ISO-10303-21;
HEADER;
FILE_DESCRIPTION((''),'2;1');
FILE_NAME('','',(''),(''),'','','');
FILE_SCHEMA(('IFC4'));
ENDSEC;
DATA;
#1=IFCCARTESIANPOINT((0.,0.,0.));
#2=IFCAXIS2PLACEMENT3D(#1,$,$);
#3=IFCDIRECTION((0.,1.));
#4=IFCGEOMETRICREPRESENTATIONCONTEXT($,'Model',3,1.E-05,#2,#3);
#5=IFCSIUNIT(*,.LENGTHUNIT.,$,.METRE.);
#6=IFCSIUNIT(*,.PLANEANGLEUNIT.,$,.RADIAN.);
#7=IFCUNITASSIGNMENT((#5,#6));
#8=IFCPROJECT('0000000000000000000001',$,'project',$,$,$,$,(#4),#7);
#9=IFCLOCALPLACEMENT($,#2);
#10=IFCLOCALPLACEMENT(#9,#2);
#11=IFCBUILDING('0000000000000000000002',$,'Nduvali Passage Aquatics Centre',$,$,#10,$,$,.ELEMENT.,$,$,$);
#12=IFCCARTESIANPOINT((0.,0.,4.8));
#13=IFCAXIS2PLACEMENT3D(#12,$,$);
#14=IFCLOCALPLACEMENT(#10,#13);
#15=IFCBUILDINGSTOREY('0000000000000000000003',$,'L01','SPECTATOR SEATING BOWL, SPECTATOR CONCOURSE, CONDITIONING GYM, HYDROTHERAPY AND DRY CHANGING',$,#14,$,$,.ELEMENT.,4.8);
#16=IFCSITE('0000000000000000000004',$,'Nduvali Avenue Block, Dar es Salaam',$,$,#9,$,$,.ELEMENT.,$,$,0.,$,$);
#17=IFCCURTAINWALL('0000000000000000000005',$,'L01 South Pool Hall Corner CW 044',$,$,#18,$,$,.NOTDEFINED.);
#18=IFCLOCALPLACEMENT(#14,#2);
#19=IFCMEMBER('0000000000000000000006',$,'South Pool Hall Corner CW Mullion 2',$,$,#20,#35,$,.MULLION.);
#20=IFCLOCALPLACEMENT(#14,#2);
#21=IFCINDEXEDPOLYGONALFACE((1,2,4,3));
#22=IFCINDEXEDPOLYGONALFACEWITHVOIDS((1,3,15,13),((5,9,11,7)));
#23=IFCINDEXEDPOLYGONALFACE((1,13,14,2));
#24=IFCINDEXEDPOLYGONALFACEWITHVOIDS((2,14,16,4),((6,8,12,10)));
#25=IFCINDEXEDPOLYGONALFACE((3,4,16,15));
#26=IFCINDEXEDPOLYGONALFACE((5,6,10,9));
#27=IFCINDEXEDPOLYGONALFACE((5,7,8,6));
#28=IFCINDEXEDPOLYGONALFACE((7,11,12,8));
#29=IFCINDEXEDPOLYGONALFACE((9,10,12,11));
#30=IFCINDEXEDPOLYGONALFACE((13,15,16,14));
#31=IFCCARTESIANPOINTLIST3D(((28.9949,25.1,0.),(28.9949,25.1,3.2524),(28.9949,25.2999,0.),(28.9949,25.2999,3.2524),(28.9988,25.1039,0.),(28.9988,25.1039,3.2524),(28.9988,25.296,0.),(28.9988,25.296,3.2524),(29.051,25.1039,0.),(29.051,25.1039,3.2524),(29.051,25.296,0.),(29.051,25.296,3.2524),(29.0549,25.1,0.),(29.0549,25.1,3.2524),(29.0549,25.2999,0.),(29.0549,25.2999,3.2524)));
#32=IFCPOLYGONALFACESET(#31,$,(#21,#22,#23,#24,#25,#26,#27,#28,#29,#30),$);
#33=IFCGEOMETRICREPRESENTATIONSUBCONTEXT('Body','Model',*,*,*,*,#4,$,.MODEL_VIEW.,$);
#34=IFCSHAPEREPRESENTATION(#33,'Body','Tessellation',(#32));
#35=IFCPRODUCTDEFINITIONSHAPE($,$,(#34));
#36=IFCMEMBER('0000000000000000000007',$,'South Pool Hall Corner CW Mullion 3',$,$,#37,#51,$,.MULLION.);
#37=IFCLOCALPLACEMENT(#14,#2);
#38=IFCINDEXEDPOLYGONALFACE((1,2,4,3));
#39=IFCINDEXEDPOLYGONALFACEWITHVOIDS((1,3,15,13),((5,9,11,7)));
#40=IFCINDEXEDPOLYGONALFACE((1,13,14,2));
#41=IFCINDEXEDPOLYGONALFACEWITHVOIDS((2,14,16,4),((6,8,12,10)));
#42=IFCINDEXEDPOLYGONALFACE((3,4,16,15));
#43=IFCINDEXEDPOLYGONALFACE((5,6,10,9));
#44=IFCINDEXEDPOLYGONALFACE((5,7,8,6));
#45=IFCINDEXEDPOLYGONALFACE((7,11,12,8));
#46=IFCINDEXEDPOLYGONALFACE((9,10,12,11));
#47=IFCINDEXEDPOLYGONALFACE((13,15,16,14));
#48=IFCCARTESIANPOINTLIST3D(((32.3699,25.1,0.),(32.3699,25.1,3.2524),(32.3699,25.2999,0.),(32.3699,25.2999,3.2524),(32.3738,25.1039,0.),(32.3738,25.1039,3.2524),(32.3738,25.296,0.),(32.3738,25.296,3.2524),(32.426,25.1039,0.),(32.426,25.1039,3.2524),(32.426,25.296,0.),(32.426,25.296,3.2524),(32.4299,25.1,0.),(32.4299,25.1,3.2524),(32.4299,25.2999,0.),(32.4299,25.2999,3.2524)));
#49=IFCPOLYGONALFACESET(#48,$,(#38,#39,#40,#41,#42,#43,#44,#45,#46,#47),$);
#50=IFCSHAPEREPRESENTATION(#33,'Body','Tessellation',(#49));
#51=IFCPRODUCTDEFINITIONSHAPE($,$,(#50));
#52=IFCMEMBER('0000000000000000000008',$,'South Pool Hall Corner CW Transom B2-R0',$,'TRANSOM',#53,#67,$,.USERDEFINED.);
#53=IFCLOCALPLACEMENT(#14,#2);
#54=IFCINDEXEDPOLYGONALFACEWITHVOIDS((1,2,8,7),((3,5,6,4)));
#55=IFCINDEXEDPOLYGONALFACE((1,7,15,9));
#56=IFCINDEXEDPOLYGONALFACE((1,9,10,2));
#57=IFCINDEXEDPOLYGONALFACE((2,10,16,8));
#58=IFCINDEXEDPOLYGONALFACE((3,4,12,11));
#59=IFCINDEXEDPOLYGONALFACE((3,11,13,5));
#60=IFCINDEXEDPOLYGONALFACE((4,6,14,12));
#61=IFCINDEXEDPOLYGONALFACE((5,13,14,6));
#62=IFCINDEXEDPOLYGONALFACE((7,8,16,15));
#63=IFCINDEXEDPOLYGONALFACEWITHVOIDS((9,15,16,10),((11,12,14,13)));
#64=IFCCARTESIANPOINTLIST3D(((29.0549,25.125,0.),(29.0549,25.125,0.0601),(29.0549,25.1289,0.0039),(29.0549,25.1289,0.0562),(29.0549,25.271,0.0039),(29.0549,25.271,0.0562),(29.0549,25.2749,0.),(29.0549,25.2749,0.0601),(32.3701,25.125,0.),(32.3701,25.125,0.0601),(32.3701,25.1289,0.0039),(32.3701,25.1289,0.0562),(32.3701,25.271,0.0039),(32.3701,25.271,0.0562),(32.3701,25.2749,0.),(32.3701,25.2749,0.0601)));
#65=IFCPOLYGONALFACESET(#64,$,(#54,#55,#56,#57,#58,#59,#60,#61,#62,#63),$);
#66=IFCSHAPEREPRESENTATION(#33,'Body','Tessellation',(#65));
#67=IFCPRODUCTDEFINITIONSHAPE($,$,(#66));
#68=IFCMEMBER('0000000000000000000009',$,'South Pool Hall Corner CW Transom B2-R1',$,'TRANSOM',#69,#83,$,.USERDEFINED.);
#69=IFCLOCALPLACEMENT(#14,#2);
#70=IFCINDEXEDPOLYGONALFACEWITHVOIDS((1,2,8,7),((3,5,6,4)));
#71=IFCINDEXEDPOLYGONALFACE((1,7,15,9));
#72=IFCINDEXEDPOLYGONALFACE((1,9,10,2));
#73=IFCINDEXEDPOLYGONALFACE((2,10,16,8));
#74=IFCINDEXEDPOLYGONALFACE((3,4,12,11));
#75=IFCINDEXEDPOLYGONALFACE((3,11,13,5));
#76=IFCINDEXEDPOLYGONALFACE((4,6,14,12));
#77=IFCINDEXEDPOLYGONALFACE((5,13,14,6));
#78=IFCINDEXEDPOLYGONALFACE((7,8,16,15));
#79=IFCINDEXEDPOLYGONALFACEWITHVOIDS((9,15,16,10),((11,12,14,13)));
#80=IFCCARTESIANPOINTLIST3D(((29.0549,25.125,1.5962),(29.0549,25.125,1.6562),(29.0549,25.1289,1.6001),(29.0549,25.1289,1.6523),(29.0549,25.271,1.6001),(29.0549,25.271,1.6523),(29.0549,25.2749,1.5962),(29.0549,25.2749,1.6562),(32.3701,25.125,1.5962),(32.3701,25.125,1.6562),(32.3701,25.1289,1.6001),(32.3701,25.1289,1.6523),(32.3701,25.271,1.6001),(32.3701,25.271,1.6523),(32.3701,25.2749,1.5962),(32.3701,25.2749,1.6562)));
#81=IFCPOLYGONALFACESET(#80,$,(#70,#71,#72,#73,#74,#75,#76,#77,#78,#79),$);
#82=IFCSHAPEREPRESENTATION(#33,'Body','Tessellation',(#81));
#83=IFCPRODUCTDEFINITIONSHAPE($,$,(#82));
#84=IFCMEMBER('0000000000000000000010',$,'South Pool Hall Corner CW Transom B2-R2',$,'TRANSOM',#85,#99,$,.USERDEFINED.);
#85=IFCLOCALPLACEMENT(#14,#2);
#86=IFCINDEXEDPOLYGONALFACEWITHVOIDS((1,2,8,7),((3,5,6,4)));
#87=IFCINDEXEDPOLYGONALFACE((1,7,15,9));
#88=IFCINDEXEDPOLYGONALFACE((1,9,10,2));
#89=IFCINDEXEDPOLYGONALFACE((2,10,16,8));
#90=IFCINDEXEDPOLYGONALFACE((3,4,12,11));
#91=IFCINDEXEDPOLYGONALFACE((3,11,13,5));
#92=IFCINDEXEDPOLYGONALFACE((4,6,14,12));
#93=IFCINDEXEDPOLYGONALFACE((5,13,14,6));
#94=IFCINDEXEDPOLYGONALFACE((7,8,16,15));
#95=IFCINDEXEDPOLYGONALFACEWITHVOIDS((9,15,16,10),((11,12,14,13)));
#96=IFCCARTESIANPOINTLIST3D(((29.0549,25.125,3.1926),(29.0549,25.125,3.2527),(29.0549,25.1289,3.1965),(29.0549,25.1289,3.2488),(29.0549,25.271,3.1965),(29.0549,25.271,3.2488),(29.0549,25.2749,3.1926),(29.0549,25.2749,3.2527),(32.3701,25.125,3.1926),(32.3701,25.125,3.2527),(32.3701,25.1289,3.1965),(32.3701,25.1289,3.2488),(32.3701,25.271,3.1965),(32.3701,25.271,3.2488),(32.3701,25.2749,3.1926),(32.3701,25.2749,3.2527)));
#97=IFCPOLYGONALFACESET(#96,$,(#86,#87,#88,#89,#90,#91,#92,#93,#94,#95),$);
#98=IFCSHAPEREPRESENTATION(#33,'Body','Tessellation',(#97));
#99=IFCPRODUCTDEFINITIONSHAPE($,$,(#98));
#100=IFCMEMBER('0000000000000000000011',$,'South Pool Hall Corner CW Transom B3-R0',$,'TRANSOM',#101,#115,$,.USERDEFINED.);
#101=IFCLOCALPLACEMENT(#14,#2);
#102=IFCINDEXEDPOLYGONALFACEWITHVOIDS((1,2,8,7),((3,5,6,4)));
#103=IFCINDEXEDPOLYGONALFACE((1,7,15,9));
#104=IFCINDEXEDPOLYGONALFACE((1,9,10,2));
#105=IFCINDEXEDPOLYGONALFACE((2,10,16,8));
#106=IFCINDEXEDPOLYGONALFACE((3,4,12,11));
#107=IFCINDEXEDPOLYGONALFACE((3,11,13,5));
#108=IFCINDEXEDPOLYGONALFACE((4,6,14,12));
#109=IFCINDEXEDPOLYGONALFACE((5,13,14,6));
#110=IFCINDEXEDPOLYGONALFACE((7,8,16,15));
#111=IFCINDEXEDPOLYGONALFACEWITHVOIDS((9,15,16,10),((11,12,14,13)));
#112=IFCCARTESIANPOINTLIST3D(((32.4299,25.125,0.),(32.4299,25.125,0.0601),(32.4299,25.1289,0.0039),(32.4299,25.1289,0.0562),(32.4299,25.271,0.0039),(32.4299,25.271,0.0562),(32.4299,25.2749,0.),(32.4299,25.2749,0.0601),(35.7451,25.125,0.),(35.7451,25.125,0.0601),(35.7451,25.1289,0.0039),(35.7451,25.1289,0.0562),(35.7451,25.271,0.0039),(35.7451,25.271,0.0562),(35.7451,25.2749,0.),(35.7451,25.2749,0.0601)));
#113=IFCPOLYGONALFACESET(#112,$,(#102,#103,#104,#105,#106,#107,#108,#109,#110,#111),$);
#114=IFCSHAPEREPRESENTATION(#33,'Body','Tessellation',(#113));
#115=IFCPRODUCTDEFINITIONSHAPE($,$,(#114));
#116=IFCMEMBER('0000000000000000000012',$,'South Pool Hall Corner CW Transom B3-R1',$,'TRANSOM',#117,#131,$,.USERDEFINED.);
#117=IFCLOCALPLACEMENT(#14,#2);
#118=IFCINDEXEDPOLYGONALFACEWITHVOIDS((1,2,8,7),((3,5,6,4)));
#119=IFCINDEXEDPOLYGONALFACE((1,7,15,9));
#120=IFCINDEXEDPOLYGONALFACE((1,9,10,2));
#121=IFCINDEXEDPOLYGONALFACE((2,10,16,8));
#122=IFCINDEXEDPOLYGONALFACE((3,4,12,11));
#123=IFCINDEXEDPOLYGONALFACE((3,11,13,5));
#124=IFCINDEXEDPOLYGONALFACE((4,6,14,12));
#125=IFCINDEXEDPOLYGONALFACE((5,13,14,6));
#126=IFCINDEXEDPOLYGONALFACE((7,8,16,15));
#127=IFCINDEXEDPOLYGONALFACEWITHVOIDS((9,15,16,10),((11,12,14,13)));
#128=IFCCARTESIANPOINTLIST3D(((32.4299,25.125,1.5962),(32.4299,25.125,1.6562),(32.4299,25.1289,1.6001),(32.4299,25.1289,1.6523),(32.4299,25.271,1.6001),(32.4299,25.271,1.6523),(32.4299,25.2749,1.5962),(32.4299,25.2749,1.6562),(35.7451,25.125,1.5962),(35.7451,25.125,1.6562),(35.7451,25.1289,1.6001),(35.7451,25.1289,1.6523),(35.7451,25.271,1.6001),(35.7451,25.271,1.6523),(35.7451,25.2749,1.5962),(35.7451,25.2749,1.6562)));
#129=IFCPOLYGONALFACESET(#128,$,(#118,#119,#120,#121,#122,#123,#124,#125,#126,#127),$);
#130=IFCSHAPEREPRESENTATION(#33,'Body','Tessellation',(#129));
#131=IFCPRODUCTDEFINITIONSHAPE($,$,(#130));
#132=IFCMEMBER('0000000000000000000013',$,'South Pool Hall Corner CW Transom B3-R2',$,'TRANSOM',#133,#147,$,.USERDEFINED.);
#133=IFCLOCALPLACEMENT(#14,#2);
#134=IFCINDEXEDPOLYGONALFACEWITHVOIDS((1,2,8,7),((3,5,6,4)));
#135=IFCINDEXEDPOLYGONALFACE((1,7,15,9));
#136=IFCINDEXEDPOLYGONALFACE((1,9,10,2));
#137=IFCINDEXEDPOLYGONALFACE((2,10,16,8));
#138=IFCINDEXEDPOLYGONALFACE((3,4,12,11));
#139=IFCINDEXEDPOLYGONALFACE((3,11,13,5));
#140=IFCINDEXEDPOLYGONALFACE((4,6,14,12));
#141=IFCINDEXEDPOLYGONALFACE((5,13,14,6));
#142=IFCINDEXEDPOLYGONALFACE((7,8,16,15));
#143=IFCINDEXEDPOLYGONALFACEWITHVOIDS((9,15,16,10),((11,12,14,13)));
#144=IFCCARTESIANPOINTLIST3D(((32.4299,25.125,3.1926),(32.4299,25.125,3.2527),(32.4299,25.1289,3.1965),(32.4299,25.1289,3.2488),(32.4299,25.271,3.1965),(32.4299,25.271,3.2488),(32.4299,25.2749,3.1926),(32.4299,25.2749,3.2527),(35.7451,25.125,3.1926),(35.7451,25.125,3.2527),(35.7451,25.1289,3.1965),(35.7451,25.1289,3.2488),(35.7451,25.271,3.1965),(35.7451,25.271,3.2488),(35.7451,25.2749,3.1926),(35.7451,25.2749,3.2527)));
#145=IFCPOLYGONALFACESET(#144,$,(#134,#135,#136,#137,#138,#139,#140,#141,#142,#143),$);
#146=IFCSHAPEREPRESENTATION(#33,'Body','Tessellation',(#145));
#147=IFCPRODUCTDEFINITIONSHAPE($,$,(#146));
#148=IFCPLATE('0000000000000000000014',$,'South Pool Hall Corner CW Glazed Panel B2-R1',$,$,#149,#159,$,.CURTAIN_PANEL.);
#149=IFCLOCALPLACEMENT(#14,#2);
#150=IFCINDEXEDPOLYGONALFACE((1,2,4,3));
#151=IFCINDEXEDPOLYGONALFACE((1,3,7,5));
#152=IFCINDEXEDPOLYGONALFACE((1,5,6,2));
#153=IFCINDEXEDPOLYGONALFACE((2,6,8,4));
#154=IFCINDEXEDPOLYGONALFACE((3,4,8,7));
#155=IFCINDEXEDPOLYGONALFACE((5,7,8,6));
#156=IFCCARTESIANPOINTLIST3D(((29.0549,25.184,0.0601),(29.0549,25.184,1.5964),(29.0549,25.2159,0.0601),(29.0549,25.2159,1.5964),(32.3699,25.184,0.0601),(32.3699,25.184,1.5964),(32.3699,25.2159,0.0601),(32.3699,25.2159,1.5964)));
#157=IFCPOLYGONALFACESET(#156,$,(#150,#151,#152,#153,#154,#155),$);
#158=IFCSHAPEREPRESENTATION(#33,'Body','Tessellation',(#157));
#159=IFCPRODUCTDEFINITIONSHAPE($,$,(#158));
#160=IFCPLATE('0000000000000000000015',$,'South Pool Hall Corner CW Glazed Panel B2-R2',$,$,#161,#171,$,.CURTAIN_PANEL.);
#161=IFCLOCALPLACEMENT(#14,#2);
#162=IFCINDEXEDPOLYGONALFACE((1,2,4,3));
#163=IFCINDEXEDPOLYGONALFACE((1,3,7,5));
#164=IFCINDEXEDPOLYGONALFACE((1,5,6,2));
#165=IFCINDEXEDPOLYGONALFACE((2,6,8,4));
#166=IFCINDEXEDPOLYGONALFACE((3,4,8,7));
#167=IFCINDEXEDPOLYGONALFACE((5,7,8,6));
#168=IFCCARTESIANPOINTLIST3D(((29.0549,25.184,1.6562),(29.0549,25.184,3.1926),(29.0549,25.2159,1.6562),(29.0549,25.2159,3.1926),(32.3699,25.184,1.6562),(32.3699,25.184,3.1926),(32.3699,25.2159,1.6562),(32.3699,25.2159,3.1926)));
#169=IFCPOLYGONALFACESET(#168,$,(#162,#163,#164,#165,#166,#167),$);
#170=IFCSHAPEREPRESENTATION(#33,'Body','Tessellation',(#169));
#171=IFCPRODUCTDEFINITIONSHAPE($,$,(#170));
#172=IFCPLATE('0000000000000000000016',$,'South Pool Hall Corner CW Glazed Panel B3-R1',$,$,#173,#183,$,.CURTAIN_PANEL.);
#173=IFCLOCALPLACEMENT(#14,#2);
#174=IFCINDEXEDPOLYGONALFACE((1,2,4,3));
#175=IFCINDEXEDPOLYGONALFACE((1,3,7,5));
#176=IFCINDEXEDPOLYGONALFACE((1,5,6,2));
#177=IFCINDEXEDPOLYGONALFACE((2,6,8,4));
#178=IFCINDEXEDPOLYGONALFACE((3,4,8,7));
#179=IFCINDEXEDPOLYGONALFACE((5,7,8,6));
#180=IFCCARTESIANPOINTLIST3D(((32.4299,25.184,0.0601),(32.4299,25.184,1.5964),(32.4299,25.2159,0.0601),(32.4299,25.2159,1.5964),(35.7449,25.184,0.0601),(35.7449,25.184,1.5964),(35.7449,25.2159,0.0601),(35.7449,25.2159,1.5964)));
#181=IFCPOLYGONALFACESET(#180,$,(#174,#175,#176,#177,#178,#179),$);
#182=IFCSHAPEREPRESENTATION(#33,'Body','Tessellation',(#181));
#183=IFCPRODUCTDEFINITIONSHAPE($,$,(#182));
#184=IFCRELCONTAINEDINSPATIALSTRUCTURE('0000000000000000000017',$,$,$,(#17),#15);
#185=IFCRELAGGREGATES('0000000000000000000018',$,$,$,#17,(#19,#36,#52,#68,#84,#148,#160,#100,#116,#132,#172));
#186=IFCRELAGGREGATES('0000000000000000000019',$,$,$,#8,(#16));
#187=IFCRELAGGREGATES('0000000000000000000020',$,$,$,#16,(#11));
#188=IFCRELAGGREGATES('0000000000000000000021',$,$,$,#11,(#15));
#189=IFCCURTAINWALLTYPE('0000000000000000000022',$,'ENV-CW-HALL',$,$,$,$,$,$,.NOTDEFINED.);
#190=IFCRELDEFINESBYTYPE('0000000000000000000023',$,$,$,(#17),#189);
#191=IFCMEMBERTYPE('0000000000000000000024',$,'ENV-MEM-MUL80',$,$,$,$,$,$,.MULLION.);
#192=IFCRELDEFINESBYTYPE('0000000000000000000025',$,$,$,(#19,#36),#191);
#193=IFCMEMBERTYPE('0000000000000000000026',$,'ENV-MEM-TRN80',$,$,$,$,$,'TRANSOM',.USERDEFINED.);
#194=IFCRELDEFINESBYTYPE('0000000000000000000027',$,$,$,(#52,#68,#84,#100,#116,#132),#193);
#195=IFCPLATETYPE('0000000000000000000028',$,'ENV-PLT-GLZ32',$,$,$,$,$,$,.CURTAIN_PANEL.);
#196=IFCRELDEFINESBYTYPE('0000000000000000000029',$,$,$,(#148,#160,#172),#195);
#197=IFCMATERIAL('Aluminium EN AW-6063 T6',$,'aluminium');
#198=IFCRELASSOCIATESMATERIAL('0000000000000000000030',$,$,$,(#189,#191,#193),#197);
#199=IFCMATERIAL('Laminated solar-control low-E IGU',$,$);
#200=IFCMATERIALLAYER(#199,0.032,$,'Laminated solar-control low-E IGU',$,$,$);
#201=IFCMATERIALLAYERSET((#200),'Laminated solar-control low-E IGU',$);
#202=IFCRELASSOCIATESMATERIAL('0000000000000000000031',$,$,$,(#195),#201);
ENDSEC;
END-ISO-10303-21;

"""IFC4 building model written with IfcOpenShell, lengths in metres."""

from ifc_helpers import new_model, si_unit, direction, frame, origin, origin_2d, place, context, subcontext, project, spatial, rectangle, hollow_rectangle, extrude, material, layer, layer_set, material_profile, profile_set, type_object, element, aggregate, save


model = new_model("IFC4")

# Units and contexts
model_context = context("Model", 3, precision=1e-05, world=origin(), true_north=direction((0.0, 1.0)))
body_context = subcontext(model_context, "Body", "Model", "MODEL_VIEW")
ifc_project = project(units=[si_unit("LENGTHUNIT", "METRE"), si_unit("PLANEANGLEUNIT", "RADIAN")], contexts=[model_context])

# Site, building, storey
site_placement = place(None, origin())
site = spatial("IfcSite", under=ifc_project, at=site_placement, Name="Nduvali Avenue Block, Dar es Salaam", CompositionType="ELEMENT", RefElevation=0.0)
building_placement = place(site_placement, origin())
building = spatial("IfcBuilding", under=site, at=building_placement, Name="Nduvali Passage Aquatics Centre", CompositionType="ELEMENT")
storey_placement = place(building_placement, frame((0.0, 0.0, 4.8)))
storey = spatial("IfcBuildingStorey", under=building, at=storey_placement, Name="L01", Description="SPECTATOR SEATING BOWL, SPECTATOR CONCOURSE, CONDITIONING GYM, HYDROTHERAPY AND DRY CHANGING", CompositionType="ELEMENT", Elevation=4.8)

# Curtain wall, members, plates
ifc_material_1 = material(Name="Aluminium EN AW-6063 T6", Category="aluminium")
curtain_wall_type = type_object("IfcCurtainWallType", Name="ENV-CW-HALL", PredefinedType="NOTDEFINED", material=ifc_material_1)
curtain_wall_placement = place(storey_placement, origin())
curtain_wall = element("IfcCurtainWall", 1, at=curtain_wall_placement, inside=storey, type_object=curtain_wall_type, Name="L01 South Pool Hall Corner CW 044", PredefinedType="NOTDEFINED")
ifc_material_profile_1 = material_profile(ifc_material_1, hollow_rectangle(XDim=0.0601, YDim=0.2, WallThickness=0.0039, at=origin_2d()), Name="ALU MULLION 60x200x4")
ifc_profile_set_1 = profile_set([ifc_material_profile_1], Name="Aluminium EN AW-6063 T6")
member_type_1 = type_object("IfcMemberType", Name="ENV-MEM-MUL80", PredefinedType="MULLION", material=ifc_profile_set_1)
member_1_placement = place(storey_placement, frame((29.0249, 25.2, 0.0), z_axis=(0.0, 0.0, 1.0), x_axis=(1.0, 0.0, 0.0)))
member_1 = element("IfcMember", 2, at=member_1_placement, type_object=member_type_1, Name="South Pool Hall Corner CW Mullion 2", PredefinedType="MULLION", context=body_context, shape_type="SweptSolid", body=[
    extrude(hollow_rectangle(XDim=0.0601, YDim=0.2, WallThickness=0.0039, at=origin_2d()), origin(), (0.0, 0.0, 1.0), 3.2524),
])
member_2_placement = place(storey_placement, frame((32.3999, 25.2, 0.0), z_axis=(0.0, 0.0, 1.0), x_axis=(1.0, 0.0, 0.0)))
member_2 = element("IfcMember", 3, at=member_2_placement, type_object=member_type_1, Name="South Pool Hall Corner CW Mullion 3", PredefinedType="MULLION", context=body_context, shape_type="SweptSolid", body=[
    extrude(hollow_rectangle(XDim=0.0601, YDim=0.2, WallThickness=0.0039, at=origin_2d()), origin(), (0.0, 0.0, 1.0), 3.2524),
])
ifc_material_profile_2 = material_profile(ifc_material_1, hollow_rectangle(XDim=0.1499, YDim=0.0601, WallThickness=0.0039, at=origin_2d()), Name="ALU TRANSOM 150x60x4")
ifc_profile_set_2 = profile_set([ifc_material_profile_2], Name="Aluminium EN AW-6063 T6")
member_type_2 = type_object("IfcMemberType", Name="ENV-MEM-TRN80", ElementType="TRANSOM", PredefinedType="USERDEFINED", material=ifc_profile_set_2)
member_3_placement = place(storey_placement, frame((29.0549, 25.2, 0.03), z_axis=(1.0, 0.0, 0.0), x_axis=(0.0, 1.0, 0.0)))
member_3 = element("IfcMember", 4, at=member_3_placement, type_object=member_type_2, Name="South Pool Hall Corner CW Transom B2-R0", ObjectType="TRANSOM", PredefinedType="USERDEFINED", context=body_context, shape_type="SweptSolid", body=[
    extrude(hollow_rectangle(XDim=0.1499, YDim=0.0601, WallThickness=0.0039, at=origin_2d()), origin(), (0.0, 0.0, 1.0), 3.3152),
])
member_4_placement = place(storey_placement, frame((29.0549, 25.2, 1.6262), z_axis=(1.0, 0.0, 0.0), x_axis=(0.0, 1.0, 0.0)))
member_4 = element("IfcMember", 5, at=member_4_placement, type_object=member_type_2, Name="South Pool Hall Corner CW Transom B2-R1", ObjectType="TRANSOM", PredefinedType="USERDEFINED", context=body_context, shape_type="SweptSolid", body=[
    extrude(hollow_rectangle(XDim=0.1499, YDim=0.0601, WallThickness=0.0039, at=origin_2d()), origin(), (0.0, 0.0, 1.0), 3.3152),
])
member_5_placement = place(storey_placement, frame((29.0549, 25.2, 3.2227), z_axis=(1.0, 0.0, 0.0), x_axis=(0.0, 1.0, 0.0)))
member_5 = element("IfcMember", 6, at=member_5_placement, type_object=member_type_2, Name="South Pool Hall Corner CW Transom B2-R2", ObjectType="TRANSOM", PredefinedType="USERDEFINED", context=body_context, shape_type="SweptSolid", body=[
    extrude(hollow_rectangle(XDim=0.1499, YDim=0.0601, WallThickness=0.0039, at=origin_2d()), origin(), (0.0, 0.0, 1.0), 3.3152),
])
member_6_placement = place(storey_placement, frame((32.4299, 25.2, 0.03), z_axis=(1.0, 0.0, 0.0), x_axis=(0.0, 1.0, 0.0)))
member_6 = element("IfcMember", 7, at=member_6_placement, type_object=member_type_2, Name="South Pool Hall Corner CW Transom B3-R0", ObjectType="TRANSOM", PredefinedType="USERDEFINED", context=body_context, shape_type="SweptSolid", body=[
    extrude(hollow_rectangle(XDim=0.1499, YDim=0.0601, WallThickness=0.0039, at=origin_2d()), origin(), (0.0, 0.0, 1.0), 3.3152),
])
member_7_placement = place(storey_placement, frame((32.4299, 25.2, 1.6262), z_axis=(1.0, 0.0, 0.0), x_axis=(0.0, 1.0, 0.0)))
member_7 = element("IfcMember", 8, at=member_7_placement, type_object=member_type_2, Name="South Pool Hall Corner CW Transom B3-R1", ObjectType="TRANSOM", PredefinedType="USERDEFINED", context=body_context, shape_type="SweptSolid", body=[
    extrude(hollow_rectangle(XDim=0.1499, YDim=0.0601, WallThickness=0.0039, at=origin_2d()), origin(), (0.0, 0.0, 1.0), 3.3152),
])
member_8_placement = place(storey_placement, frame((32.4299, 25.2, 3.2227), z_axis=(1.0, 0.0, 0.0), x_axis=(0.0, 1.0, 0.0)))
member_8 = element("IfcMember", 9, at=member_8_placement, type_object=member_type_2, Name="South Pool Hall Corner CW Transom B3-R2", ObjectType="TRANSOM", PredefinedType="USERDEFINED", context=body_context, shape_type="SweptSolid", body=[
    extrude(hollow_rectangle(XDim=0.1499, YDim=0.0601, WallThickness=0.0039, at=origin_2d()), origin(), (0.0, 0.0, 1.0), 3.3152),
])
ifc_material_2 = material(Name="Laminated solar-control low-E IGU")
ifc_layer_1 = layer(ifc_material_2, 0.032, Name="Laminated solar-control low-E IGU")
ifc_layer_set_1 = layer_set([ifc_layer_1], Name="Laminated solar-control low-E IGU")
plate_type = type_object("IfcPlateType", Name="ENV-PLT-GLZ32", PredefinedType="CURTAIN_PANEL", material=ifc_layer_set_1)
plate_1_placement = place(storey_placement, frame((30.7124, 25.2, 0.0601), z_axis=(0.0, 0.0, 1.0), x_axis=(1.0, 0.0, 0.0)))
plate_1 = element("IfcPlate", 10, at=plate_1_placement, type_object=plate_type, Name="South Pool Hall Corner CW Glazed Panel B2-R1", PredefinedType="CURTAIN_PANEL", context=body_context, shape_type="SweptSolid", body=[
    extrude(rectangle(XDim=3.3149, YDim=0.032, at=origin_2d()), origin(), (0.0, 0.0, 1.0), 1.5364),
])
plate_2_placement = place(storey_placement, frame((30.7124, 25.2, 1.6562), z_axis=(0.0, 0.0, 1.0), x_axis=(1.0, 0.0, 0.0)))
plate_2 = element("IfcPlate", 11, at=plate_2_placement, type_object=plate_type, Name="South Pool Hall Corner CW Glazed Panel B2-R2", PredefinedType="CURTAIN_PANEL", context=body_context, shape_type="SweptSolid", body=[
    extrude(rectangle(XDim=3.3149, YDim=0.032, at=origin_2d()), origin(), (0.0, 0.0, 1.0), 1.5364),
])
plate_3_placement = place(storey_placement, frame((34.0874, 25.2, 0.0601), z_axis=(0.0, 0.0, 1.0), x_axis=(1.0, 0.0, 0.0)))
plate_3 = element("IfcPlate", 12, at=plate_3_placement, type_object=plate_type, Name="South Pool Hall Corner CW Glazed Panel B3-R1", PredefinedType="CURTAIN_PANEL", context=body_context, shape_type="SweptSolid", body=[
    extrude(rectangle(XDim=3.3149, YDim=0.032, at=origin_2d()), origin(), (0.0, 0.0, 1.0), 1.5364),
])
aggregate(curtain_wall, [member_1, member_2, member_3, member_4, member_5, plate_1, plate_2, member_6, member_7, member_8, plate_3])

save(model, "model.ifc")
